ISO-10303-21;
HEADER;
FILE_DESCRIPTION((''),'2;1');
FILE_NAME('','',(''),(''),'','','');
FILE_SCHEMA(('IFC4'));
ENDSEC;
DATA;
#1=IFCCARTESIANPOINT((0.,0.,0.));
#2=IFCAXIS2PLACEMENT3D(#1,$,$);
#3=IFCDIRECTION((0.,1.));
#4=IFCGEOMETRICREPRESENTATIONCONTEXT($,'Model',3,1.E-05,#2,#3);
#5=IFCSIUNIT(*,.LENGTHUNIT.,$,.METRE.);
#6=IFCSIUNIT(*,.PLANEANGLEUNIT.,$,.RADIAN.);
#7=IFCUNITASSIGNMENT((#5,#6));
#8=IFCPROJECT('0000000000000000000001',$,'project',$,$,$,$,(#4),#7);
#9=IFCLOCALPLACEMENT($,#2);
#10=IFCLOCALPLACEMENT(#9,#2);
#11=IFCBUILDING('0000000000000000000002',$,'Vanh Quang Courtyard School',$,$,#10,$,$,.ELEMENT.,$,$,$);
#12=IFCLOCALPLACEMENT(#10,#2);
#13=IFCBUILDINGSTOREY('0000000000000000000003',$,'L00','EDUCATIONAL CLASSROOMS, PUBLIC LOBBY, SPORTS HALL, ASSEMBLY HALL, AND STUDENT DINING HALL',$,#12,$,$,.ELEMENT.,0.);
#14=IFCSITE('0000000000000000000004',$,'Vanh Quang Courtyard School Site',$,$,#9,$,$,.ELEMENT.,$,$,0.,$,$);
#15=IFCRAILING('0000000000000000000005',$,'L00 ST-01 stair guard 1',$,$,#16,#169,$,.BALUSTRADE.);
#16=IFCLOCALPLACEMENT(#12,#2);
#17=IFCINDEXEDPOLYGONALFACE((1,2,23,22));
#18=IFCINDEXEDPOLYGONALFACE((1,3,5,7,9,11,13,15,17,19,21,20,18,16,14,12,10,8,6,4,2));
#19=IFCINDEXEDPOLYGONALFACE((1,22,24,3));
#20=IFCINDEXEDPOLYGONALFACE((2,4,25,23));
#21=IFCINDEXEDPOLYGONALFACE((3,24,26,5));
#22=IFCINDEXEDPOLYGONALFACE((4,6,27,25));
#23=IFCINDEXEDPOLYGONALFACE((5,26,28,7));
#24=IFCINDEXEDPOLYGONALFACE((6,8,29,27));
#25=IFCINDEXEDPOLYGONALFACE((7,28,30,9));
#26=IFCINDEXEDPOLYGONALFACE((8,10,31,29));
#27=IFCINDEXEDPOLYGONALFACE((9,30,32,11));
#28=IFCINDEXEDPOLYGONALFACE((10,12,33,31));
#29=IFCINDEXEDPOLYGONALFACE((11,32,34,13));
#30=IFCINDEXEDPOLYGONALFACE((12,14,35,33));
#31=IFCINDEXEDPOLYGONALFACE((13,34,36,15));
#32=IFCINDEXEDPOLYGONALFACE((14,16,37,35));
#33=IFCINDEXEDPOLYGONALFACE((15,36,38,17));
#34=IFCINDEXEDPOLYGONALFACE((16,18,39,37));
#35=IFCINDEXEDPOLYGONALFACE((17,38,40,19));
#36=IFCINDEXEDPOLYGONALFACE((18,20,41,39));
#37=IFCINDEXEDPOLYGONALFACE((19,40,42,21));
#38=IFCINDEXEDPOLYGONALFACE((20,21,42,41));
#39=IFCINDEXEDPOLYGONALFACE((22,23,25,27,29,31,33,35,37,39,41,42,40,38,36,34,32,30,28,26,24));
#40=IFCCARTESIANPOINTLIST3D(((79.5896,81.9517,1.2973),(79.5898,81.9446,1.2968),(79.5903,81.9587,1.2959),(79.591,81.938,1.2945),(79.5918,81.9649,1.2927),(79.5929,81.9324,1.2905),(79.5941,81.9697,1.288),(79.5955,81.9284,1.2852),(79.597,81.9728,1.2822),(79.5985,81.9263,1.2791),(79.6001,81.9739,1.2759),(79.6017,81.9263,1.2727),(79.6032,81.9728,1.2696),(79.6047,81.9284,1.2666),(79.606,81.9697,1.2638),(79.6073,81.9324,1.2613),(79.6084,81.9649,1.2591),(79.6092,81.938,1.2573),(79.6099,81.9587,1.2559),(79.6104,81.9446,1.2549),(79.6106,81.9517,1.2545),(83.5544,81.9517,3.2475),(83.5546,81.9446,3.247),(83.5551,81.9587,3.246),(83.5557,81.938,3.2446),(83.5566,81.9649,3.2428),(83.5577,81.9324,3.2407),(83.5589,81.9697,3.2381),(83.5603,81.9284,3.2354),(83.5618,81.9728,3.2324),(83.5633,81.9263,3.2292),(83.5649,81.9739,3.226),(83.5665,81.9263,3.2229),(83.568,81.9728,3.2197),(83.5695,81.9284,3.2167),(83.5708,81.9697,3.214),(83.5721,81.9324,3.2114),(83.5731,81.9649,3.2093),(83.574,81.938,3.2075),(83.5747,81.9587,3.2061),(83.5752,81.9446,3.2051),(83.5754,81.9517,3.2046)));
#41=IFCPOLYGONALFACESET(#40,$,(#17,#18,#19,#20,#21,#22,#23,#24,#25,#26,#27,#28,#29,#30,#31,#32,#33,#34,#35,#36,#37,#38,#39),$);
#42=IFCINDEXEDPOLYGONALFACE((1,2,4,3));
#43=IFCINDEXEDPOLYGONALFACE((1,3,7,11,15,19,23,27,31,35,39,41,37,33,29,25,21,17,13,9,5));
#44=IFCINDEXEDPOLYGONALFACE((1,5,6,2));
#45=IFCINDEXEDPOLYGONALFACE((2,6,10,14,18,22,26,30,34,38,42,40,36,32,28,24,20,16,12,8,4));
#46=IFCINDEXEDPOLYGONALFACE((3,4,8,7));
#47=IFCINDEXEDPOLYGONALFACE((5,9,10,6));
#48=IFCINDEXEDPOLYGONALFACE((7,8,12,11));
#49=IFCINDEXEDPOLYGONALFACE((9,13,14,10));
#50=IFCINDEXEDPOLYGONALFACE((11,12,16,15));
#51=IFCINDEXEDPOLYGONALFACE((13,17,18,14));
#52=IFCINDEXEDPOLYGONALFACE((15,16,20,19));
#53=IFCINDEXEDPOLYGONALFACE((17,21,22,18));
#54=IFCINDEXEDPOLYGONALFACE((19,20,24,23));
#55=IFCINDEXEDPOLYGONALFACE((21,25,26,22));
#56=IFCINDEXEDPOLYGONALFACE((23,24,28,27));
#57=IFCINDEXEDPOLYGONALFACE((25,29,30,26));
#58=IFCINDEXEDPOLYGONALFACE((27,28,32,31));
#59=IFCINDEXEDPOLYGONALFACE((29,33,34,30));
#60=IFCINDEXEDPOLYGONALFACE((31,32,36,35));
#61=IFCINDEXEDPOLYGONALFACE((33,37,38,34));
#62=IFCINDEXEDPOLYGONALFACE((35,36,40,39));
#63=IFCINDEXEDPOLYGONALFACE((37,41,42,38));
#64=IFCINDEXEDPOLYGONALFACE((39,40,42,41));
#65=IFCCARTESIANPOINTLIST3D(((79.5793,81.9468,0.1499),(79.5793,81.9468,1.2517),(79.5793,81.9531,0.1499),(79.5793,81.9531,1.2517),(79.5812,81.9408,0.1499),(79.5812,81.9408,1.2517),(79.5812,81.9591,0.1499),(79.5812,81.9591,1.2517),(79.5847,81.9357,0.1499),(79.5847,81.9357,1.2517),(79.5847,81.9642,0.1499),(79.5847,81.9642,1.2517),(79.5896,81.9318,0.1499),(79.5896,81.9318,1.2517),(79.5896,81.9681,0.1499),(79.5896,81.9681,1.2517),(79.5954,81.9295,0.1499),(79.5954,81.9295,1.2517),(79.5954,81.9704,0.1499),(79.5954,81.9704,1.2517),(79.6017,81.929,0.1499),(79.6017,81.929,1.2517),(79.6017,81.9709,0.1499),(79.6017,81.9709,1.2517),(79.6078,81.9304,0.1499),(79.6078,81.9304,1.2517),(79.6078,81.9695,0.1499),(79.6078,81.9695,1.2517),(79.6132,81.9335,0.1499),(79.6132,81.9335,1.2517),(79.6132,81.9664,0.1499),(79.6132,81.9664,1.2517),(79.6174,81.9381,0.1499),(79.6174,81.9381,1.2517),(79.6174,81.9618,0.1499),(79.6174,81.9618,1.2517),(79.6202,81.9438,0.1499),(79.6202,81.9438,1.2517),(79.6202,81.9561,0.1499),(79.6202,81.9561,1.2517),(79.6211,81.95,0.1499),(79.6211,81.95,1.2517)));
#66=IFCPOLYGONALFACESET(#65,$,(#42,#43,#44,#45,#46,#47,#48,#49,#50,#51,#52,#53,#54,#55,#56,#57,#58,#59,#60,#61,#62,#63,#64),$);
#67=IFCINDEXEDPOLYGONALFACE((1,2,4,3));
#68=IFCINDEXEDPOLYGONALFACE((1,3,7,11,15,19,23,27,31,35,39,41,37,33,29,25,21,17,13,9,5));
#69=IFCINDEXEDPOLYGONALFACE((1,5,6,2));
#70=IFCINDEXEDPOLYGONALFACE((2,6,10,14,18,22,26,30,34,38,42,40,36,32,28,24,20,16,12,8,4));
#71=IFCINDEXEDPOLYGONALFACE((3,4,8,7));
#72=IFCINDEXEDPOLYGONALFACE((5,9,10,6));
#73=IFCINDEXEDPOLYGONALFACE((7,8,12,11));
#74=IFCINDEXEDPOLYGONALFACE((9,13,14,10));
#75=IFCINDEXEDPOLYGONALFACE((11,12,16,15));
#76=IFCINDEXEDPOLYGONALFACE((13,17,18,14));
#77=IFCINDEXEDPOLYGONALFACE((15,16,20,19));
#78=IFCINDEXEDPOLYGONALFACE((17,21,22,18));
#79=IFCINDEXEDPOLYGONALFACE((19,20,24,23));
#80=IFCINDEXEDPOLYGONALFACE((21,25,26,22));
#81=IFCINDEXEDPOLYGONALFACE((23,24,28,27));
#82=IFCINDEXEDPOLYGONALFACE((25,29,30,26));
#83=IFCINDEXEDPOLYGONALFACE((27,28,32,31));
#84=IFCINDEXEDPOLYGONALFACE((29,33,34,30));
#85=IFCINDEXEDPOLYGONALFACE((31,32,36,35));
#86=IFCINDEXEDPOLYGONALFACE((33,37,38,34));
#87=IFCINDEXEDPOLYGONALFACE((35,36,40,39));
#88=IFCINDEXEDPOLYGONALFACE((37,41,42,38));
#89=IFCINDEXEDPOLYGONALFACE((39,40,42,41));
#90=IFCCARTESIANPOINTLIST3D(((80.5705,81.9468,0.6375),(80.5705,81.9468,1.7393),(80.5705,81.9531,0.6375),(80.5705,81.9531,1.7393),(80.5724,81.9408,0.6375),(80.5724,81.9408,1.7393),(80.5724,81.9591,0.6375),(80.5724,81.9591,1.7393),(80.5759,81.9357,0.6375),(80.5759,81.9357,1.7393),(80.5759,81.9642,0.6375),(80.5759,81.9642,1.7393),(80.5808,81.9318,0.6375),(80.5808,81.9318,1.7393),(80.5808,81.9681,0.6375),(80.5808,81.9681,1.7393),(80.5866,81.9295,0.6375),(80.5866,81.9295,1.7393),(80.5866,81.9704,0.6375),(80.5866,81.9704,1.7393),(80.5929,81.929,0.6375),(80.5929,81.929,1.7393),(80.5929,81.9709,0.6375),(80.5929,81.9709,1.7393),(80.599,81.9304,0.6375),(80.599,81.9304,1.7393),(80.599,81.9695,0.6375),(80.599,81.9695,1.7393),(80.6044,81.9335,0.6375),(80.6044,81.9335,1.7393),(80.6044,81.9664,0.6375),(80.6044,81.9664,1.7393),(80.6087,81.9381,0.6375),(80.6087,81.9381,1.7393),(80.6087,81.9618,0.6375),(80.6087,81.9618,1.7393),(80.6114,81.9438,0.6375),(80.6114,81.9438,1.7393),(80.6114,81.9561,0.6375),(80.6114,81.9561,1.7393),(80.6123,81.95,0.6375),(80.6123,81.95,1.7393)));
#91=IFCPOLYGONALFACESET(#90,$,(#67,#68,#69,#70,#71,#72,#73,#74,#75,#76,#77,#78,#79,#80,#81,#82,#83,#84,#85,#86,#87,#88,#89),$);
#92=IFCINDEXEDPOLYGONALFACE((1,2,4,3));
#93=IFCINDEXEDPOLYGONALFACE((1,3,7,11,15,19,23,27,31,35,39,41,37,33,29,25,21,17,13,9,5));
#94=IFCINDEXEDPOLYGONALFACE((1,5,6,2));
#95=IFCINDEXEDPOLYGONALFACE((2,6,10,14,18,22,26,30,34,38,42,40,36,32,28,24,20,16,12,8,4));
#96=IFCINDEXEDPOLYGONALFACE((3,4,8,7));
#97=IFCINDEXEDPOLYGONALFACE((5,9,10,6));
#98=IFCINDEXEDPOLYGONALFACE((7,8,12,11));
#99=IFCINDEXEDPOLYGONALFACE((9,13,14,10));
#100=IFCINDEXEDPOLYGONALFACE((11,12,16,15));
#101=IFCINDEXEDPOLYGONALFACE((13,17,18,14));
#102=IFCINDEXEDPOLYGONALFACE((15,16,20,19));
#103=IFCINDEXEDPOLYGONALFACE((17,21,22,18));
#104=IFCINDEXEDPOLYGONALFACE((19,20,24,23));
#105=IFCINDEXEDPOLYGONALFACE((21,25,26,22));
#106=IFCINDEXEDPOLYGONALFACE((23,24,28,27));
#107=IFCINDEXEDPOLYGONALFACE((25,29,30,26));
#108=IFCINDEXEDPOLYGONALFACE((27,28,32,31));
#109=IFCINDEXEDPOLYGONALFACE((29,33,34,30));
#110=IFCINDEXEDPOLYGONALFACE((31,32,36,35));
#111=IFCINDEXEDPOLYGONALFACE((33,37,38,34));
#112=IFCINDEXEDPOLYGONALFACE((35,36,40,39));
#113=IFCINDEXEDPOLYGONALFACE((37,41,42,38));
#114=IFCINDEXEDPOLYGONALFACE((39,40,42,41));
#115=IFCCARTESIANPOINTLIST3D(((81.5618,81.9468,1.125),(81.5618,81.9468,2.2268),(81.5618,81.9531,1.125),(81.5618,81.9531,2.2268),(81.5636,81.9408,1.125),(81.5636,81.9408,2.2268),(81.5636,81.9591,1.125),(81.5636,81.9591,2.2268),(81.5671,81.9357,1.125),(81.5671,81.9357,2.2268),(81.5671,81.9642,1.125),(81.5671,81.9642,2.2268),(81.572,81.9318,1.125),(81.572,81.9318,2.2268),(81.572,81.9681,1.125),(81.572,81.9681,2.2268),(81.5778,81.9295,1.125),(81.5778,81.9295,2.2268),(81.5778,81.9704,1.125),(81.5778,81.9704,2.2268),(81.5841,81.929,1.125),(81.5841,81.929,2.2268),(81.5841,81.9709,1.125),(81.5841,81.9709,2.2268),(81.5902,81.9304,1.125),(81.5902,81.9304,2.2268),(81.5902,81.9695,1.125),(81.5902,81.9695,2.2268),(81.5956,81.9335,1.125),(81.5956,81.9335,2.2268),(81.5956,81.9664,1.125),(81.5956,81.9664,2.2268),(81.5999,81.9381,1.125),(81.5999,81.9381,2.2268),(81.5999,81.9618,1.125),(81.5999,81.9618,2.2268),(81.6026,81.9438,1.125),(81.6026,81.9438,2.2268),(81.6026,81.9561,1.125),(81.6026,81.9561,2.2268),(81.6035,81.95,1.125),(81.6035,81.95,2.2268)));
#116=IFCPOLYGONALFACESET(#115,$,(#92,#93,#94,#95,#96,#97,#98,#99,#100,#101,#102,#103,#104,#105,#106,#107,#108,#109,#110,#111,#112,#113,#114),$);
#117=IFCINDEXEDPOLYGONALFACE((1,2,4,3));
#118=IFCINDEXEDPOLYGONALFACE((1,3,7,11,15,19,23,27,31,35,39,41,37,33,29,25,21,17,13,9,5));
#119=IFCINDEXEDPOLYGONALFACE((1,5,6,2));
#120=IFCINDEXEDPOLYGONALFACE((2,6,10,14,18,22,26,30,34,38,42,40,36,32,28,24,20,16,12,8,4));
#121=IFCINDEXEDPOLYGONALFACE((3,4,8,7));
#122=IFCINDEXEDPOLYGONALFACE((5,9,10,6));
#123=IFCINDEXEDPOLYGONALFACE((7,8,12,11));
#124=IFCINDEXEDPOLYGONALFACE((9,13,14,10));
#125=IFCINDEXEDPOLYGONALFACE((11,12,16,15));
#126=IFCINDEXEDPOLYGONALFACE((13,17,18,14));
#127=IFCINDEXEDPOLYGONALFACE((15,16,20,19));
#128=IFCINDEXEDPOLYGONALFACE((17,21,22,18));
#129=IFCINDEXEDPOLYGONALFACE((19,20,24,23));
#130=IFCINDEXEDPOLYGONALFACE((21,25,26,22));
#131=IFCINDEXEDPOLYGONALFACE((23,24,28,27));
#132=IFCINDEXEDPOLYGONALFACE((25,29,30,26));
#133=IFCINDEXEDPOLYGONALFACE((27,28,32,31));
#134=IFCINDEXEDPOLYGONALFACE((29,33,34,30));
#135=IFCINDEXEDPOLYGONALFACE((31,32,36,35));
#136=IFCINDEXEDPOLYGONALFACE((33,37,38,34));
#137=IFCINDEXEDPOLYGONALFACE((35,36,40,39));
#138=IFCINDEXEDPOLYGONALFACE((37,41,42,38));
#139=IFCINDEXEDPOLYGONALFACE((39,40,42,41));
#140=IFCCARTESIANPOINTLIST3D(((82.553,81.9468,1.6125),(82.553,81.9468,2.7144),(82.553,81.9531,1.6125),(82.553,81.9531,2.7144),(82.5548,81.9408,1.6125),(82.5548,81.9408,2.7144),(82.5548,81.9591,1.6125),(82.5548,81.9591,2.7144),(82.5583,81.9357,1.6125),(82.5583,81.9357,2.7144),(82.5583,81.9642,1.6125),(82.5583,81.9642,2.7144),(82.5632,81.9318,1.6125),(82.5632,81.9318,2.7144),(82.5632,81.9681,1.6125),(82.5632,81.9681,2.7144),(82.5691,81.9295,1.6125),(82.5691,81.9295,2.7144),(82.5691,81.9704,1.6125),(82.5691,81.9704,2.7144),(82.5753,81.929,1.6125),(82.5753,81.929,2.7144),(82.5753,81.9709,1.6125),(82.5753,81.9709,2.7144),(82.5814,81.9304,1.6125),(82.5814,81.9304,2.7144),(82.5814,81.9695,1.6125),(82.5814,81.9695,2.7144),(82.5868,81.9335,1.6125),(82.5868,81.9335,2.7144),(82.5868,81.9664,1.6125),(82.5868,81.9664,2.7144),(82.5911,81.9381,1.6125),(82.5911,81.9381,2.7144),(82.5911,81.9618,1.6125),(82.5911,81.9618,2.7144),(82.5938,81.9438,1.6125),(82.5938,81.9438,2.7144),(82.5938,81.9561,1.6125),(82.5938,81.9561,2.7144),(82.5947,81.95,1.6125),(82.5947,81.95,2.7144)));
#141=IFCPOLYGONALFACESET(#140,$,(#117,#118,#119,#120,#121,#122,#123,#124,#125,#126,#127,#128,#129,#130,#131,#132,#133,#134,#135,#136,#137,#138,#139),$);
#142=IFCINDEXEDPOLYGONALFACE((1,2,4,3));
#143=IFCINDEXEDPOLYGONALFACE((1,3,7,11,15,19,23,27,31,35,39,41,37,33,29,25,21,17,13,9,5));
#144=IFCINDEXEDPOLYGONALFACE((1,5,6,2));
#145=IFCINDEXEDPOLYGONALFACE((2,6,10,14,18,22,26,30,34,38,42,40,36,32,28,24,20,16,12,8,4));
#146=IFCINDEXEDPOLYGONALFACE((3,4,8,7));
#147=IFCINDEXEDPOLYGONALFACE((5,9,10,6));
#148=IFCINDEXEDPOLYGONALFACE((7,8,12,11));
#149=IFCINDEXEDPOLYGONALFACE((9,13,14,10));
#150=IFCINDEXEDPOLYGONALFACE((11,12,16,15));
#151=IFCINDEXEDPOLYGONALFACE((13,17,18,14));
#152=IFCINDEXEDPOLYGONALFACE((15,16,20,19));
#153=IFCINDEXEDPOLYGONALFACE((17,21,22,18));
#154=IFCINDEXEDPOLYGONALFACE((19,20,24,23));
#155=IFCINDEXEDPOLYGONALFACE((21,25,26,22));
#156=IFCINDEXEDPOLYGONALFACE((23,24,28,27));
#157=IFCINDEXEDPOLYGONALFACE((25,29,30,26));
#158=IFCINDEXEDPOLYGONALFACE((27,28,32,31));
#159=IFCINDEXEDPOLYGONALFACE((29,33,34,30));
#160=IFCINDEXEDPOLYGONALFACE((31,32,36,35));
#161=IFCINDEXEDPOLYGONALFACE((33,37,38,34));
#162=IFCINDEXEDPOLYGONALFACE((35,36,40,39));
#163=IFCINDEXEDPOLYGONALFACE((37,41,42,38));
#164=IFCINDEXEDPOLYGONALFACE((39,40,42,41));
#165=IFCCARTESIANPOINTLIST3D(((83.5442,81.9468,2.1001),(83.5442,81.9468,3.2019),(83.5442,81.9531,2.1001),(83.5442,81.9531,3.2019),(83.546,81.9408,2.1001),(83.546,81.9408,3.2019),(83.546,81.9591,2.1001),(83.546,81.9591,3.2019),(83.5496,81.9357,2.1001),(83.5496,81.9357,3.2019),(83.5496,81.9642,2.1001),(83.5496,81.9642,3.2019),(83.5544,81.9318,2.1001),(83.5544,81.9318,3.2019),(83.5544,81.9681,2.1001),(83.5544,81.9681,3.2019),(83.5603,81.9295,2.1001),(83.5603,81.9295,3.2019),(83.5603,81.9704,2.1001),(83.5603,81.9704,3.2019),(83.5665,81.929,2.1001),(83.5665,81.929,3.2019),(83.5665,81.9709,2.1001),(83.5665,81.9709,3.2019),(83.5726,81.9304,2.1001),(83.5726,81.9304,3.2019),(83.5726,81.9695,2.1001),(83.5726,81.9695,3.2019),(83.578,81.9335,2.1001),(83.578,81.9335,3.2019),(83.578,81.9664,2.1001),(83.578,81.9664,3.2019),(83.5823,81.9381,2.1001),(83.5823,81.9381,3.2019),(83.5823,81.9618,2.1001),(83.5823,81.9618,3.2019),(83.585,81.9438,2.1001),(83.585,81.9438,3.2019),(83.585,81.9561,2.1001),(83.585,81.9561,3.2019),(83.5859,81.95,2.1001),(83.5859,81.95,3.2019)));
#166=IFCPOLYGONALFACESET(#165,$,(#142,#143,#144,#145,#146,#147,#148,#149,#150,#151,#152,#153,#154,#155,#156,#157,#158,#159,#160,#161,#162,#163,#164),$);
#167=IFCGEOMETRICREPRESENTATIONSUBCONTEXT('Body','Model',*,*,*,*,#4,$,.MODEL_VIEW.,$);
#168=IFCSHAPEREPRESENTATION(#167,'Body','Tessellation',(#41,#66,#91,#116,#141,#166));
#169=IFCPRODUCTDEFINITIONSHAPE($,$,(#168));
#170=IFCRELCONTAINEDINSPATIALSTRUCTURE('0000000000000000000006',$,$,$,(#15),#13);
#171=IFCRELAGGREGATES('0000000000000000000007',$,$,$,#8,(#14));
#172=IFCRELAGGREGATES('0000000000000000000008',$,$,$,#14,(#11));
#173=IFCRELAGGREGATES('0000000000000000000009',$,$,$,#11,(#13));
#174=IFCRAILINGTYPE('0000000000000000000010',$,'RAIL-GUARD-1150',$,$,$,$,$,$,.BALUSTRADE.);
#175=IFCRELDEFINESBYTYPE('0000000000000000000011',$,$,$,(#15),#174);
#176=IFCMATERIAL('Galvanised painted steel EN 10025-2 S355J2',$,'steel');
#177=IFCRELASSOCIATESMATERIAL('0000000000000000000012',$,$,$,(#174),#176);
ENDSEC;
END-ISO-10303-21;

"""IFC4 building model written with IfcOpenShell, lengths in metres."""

from ifc_helpers import new_model, si_unit, direction, frame, origin, origin_2d, place, context, subcontext, project, spatial, circle, extrude, material, type_object, element, save


model = new_model("IFC4")

# Units and contexts
model_context = context("Model", 3, precision=1e-05, world=origin(), true_north=direction((0.0, 1.0)))
body_context = subcontext(model_context, "Body", "Model", "MODEL_VIEW")
ifc_project = project(units=[si_unit("LENGTHUNIT", "METRE"), si_unit("PLANEANGLEUNIT", "RADIAN")], contexts=[model_context])

# Site, building, storey
site_placement = place(None, origin())
site = spatial("IfcSite", under=ifc_project, at=site_placement, Name="Vanh Quang Courtyard School Site", CompositionType="ELEMENT", RefElevation=0.0)
building_placement = place(site_placement, origin())
building = spatial("IfcBuilding", under=site, at=building_placement, Name="Vanh Quang Courtyard School", CompositionType="ELEMENT")
storey_placement = place(building_placement, origin())
storey = spatial("IfcBuildingStorey", under=building, at=storey_placement, Name="L00", Description="EDUCATIONAL CLASSROOMS, PUBLIC LOBBY, SPORTS HALL, ASSEMBLY HALL, AND STUDENT DINING HALL", CompositionType="ELEMENT", Elevation=0.0)

# Railing
ifc_material_1 = material(Name="Galvanised painted steel EN 10025-2 S355J2", Category="steel")
railing_type_1 = type_object("IfcRailingType", Name="RAIL-GUARD-1150", PredefinedType="BALUSTRADE", material=ifc_material_1)
railing_1_placement = place(storey_placement, frame((79.6001, 81.95, 0.1499)))
element("IfcRailing", 1, at=railing_1_placement, inside=storey, type_object=railing_type_1, Name="L00 ST-01 stair guard 1", PredefinedType="BALUSTRADE", context=body_context, shape_type="SweptSolid", body=[
    extrude(circle(Radius=0.0239, at=origin_2d()), frame((0.0, 0.0, 1.126), z_axis=(0.897326, 0.0, 0.441369), x_axis=(0.0, 1.0, 0.0)), (0.0, 0.0, 1.0), 4.4185),
    extrude(circle(Radius=0.021, at=origin_2d()), origin(), (0.0, 0.0, 1.0), 1.1018),
    extrude(circle(Radius=0.021, at=origin_2d()), frame((0.9912, 0.0, 0.4875)), (0.0, 0.0, 1.0), 1.1018),
    extrude(circle(Radius=0.021, at=origin_2d()), frame((1.9824, 0.0, 0.9751)), (0.0, 0.0, 1.0), 1.1018),
    extrude(circle(Radius=0.021, at=origin_2d()), frame((2.9736, 0.0, 1.4626)), (0.0, 0.0, 1.0), 1.1018),
    extrude(circle(Radius=0.021, at=origin_2d()), frame((3.9648, 0.0, 1.9502)), (0.0, 0.0, 1.0), 1.1018),
])

save(model, "model.ifc")
